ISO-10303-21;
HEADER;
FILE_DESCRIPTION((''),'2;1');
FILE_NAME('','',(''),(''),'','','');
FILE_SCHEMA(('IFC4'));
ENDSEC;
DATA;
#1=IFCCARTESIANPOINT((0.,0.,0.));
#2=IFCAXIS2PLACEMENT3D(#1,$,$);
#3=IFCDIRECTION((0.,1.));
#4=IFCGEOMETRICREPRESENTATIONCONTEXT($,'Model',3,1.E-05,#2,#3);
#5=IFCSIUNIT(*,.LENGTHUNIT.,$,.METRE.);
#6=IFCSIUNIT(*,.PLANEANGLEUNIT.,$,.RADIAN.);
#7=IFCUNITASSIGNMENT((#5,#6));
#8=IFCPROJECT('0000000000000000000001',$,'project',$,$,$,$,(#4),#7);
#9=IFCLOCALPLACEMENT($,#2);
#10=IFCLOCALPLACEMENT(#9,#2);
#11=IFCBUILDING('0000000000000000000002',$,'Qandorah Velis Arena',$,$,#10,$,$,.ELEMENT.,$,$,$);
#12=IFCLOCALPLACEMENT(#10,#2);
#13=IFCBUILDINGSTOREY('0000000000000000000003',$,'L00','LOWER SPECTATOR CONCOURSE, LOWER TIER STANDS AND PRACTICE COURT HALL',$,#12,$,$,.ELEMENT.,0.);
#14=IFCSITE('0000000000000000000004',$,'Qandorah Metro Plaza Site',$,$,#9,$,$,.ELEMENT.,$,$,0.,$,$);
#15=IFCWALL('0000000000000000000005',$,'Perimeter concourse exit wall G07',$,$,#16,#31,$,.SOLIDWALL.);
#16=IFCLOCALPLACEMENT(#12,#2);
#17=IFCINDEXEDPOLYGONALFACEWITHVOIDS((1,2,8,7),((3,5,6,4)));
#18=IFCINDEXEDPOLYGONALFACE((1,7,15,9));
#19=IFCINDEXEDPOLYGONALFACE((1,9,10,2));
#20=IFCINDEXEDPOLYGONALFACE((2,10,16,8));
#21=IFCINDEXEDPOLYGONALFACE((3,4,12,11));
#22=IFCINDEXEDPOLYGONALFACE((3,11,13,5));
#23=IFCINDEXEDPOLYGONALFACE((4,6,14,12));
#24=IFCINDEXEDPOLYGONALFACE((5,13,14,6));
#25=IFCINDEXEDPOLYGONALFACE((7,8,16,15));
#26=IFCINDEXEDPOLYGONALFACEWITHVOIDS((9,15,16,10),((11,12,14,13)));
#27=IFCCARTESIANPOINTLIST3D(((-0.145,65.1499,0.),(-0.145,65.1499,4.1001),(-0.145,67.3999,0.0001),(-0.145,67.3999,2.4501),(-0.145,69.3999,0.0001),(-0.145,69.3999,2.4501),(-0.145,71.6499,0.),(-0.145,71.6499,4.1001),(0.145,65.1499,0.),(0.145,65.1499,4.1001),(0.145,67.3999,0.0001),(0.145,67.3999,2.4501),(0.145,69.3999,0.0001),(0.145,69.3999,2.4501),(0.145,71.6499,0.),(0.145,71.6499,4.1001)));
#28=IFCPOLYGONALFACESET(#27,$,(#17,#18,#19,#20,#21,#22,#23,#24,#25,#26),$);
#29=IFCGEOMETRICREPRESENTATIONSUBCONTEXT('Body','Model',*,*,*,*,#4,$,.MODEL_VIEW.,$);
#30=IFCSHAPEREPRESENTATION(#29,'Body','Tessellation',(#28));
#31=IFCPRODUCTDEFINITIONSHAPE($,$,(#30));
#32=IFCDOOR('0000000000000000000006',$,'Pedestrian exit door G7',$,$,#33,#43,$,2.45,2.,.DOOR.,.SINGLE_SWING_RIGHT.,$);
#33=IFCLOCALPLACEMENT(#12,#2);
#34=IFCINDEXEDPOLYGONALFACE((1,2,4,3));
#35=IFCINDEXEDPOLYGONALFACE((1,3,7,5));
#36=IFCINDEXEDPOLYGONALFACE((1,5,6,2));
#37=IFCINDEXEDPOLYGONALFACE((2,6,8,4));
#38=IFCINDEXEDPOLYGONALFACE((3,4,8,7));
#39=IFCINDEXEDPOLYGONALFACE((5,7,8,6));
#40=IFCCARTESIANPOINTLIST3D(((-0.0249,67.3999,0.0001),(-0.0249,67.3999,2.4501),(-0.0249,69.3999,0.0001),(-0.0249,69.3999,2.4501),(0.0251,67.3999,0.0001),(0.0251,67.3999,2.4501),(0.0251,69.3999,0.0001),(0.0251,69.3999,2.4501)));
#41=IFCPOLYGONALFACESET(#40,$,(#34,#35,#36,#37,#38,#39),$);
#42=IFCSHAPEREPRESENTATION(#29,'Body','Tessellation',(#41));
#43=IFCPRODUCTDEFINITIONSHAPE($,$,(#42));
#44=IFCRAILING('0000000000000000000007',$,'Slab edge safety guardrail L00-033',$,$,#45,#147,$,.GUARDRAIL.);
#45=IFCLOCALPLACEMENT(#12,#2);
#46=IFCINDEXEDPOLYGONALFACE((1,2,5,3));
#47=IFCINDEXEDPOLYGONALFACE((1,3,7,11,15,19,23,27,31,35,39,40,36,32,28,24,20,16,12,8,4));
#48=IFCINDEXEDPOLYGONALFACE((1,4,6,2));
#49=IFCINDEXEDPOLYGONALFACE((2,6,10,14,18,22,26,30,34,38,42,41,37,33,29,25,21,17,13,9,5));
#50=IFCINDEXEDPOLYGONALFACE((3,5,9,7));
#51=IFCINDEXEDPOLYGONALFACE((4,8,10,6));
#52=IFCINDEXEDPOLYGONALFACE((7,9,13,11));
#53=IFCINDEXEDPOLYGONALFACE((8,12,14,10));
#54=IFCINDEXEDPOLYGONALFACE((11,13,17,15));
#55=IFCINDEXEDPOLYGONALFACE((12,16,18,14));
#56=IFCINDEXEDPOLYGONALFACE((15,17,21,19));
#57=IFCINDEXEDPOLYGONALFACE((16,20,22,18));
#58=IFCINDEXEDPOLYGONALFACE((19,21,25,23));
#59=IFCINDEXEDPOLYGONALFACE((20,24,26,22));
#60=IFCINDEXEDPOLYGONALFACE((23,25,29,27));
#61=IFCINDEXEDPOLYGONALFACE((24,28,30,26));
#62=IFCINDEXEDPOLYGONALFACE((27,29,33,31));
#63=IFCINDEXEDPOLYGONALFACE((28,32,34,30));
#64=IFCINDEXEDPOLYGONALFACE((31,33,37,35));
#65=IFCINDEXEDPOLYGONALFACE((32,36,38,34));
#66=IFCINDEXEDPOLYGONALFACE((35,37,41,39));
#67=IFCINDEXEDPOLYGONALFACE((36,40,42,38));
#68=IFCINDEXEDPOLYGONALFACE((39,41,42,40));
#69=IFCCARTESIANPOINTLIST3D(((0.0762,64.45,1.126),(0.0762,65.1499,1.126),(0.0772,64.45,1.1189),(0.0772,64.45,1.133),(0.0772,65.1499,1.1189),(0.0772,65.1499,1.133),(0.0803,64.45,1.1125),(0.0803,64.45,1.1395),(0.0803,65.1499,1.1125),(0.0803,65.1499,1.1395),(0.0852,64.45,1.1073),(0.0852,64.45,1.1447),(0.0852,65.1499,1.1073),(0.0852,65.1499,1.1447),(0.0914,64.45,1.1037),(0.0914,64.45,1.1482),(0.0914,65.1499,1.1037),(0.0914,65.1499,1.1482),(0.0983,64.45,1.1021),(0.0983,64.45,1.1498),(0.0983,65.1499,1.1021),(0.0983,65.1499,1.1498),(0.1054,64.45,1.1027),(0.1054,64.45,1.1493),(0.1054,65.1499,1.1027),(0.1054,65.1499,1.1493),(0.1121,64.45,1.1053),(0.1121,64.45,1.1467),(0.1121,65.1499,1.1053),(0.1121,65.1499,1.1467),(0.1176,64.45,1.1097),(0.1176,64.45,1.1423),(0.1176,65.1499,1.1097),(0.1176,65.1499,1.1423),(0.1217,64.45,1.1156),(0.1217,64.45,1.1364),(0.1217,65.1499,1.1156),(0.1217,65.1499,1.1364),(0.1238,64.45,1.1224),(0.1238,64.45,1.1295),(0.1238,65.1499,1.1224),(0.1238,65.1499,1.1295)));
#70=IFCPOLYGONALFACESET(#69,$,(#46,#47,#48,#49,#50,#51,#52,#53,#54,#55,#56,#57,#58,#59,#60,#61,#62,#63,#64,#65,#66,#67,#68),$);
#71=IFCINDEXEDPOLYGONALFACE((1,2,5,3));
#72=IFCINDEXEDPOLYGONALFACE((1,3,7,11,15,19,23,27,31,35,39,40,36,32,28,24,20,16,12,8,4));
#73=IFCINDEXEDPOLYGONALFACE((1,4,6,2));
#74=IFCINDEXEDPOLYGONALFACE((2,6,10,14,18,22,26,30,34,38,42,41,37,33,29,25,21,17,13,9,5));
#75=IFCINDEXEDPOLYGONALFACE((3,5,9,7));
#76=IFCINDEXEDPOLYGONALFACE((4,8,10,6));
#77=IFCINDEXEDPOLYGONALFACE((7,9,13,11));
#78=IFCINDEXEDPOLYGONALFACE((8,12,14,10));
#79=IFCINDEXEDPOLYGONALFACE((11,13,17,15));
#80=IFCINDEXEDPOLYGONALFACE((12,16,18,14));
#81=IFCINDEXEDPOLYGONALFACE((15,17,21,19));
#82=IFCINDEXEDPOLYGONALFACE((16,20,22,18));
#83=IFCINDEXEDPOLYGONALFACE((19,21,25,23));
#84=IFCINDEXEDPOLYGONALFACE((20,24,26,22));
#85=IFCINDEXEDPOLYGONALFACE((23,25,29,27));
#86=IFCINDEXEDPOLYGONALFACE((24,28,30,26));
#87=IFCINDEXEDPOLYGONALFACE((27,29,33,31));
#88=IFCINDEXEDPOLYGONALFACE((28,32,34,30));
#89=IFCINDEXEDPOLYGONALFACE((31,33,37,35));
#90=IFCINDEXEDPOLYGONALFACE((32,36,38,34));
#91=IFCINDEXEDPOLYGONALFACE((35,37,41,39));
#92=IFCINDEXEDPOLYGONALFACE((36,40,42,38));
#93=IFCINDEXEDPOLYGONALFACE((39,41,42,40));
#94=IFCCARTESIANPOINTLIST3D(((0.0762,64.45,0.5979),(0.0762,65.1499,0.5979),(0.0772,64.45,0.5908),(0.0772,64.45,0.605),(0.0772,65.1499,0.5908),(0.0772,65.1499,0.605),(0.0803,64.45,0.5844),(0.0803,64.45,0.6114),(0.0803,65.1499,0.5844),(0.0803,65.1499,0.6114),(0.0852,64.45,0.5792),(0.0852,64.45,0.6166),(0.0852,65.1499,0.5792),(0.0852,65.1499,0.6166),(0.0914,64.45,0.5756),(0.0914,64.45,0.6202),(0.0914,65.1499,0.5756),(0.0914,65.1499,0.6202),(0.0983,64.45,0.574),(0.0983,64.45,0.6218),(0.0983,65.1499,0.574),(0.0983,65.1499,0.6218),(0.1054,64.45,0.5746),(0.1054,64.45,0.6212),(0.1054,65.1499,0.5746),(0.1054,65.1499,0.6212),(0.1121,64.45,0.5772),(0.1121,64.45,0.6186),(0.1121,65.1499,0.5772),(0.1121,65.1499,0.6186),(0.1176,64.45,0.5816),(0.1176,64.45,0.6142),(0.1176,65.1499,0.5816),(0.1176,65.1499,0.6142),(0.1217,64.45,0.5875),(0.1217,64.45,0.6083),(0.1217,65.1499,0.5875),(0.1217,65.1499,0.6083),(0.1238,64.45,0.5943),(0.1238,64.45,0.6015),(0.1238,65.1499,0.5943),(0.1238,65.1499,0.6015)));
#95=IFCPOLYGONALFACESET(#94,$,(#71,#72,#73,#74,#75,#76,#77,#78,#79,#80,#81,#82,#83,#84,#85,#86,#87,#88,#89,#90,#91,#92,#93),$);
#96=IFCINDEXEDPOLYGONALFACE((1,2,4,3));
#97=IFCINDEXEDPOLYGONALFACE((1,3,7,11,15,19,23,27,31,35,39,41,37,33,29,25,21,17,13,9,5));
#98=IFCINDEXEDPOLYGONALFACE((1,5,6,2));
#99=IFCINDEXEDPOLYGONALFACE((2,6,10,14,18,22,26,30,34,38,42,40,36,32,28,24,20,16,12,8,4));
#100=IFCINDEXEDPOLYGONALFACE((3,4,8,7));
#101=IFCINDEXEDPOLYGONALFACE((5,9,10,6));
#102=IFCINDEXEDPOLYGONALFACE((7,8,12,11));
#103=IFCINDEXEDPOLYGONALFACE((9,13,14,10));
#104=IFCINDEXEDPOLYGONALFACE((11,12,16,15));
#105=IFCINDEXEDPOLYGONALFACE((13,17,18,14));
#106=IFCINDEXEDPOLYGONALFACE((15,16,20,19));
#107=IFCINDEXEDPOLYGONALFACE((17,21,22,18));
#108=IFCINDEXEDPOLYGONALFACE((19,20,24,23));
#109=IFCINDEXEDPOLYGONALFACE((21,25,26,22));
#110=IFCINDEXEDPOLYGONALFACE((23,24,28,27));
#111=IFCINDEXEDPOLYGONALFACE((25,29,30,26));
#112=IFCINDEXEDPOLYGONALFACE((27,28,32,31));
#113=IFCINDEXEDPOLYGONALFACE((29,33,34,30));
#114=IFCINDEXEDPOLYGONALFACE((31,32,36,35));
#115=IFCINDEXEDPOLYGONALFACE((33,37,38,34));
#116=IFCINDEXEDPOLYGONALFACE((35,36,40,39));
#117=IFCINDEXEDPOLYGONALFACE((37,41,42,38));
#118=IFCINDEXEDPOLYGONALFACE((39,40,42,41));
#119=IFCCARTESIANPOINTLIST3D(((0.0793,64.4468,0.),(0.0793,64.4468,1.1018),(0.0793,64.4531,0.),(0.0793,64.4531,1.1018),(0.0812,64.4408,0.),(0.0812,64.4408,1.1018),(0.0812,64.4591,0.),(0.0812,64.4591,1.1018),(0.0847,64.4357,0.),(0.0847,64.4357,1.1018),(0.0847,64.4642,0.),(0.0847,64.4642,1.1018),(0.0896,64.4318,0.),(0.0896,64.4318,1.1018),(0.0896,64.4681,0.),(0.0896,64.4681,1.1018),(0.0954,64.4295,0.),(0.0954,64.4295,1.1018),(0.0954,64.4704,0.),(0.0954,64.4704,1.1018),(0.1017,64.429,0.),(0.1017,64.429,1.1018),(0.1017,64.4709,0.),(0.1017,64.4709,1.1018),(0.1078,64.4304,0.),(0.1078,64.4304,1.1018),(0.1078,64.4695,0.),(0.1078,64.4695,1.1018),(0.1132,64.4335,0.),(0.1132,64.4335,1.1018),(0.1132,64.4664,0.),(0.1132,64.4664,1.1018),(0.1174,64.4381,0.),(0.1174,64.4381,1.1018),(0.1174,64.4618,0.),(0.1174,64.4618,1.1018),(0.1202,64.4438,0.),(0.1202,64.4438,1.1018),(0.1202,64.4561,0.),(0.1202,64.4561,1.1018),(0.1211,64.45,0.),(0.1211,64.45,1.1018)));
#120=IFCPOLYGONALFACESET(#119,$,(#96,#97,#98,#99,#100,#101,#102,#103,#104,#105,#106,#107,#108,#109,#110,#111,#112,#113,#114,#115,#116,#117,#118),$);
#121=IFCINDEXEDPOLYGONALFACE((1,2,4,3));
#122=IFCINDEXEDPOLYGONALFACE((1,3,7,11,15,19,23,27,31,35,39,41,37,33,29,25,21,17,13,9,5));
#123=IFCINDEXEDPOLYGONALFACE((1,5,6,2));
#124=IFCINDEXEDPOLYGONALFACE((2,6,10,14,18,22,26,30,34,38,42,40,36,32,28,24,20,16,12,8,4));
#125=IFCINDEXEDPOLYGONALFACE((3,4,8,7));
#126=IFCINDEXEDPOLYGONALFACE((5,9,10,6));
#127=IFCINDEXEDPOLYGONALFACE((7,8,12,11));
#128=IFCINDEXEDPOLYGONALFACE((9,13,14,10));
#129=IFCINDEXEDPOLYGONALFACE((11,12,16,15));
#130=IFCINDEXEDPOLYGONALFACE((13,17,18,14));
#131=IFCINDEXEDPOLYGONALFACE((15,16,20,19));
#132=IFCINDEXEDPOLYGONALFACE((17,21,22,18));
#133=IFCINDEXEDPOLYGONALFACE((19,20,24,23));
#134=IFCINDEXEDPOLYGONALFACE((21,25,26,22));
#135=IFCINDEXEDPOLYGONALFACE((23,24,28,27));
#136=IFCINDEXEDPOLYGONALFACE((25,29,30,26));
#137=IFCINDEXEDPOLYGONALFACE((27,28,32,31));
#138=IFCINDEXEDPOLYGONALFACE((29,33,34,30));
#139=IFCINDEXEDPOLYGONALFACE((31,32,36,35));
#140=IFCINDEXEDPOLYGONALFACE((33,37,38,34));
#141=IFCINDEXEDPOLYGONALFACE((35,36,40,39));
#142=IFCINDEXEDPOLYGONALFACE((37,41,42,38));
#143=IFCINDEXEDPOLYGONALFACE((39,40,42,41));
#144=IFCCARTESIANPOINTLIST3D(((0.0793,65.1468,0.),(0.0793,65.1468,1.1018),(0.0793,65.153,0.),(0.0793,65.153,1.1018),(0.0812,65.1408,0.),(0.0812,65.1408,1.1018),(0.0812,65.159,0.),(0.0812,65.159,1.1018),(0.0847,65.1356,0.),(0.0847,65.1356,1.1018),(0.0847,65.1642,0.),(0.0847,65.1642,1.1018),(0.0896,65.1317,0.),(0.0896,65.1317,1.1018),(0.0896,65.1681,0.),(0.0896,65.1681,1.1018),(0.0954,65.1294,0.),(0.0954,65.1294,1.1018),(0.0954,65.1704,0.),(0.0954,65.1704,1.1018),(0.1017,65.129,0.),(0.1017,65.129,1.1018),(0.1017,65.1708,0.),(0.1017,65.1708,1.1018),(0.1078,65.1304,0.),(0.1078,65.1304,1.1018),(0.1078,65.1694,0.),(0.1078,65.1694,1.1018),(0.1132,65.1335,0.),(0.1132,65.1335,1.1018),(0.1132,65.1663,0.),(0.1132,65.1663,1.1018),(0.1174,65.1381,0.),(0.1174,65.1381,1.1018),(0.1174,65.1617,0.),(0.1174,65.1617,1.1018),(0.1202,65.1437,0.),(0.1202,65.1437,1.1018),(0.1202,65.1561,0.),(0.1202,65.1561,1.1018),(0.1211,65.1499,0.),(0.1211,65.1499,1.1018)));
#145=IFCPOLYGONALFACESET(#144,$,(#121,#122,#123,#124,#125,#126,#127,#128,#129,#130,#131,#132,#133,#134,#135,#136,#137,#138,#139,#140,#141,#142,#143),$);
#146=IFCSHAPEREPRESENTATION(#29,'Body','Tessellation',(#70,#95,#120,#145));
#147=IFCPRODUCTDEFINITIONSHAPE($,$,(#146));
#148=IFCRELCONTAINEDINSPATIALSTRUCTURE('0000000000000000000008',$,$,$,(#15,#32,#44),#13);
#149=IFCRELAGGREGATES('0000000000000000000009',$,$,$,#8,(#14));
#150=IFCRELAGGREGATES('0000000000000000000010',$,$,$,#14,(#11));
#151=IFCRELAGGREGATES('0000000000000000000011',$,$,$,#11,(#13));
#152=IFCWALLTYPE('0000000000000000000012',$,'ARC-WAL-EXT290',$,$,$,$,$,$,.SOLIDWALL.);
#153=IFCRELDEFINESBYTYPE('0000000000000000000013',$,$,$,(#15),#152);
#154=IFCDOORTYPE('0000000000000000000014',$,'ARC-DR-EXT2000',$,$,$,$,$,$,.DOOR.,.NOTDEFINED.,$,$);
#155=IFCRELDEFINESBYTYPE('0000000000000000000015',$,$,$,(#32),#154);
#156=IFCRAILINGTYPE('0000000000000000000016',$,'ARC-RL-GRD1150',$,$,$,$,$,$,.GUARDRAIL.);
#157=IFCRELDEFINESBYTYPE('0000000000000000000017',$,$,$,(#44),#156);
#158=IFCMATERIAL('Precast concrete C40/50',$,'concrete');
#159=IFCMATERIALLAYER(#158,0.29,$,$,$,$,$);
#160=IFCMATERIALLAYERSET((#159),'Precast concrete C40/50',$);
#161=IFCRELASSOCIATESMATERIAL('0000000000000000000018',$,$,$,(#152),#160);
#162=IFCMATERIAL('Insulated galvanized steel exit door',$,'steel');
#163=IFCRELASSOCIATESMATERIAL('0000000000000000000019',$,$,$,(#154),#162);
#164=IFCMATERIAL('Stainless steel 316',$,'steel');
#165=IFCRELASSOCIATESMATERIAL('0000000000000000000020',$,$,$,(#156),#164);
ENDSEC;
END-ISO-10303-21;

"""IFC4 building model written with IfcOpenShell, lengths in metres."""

from ifc_helpers import new_model, si_unit, direction, frame, frame_2d, origin, origin_2d, place, context, subcontext, project, spatial, rectangle, circle, extrude, material, layer, layer_set, type_object, element, fill, save


model = new_model("IFC4")

# Units and contexts
model_context = context("Model", 3, precision=1e-05, world=origin(), true_north=direction((0.0, 1.0)))
body_context = subcontext(model_context, "Body", "Model", "MODEL_VIEW")
ifc_project = project(units=[si_unit("LENGTHUNIT", "METRE"), si_unit("PLANEANGLEUNIT", "RADIAN")], contexts=[model_context])

# Site, building, storey
site_placement = place(None, origin())
site = spatial("IfcSite", under=ifc_project, at=site_placement, Name="Qandorah Metro Plaza Site", CompositionType="ELEMENT", RefElevation=0.0)
building_placement = place(site_placement, origin())
building = spatial("IfcBuilding", under=site, at=building_placement, Name="Qandorah Velis Arena", CompositionType="ELEMENT")
storey_placement = place(building_placement, origin())
storey = spatial("IfcBuildingStorey", under=building, at=storey_placement, Name="L00", Description="LOWER SPECTATOR CONCOURSE, LOWER TIER STANDS AND PRACTICE COURT HALL", CompositionType="ELEMENT", Elevation=0.0)

# Wall, opening, door
ifc_material_1 = material(Name="Precast concrete C40/50", Category="concrete")
ifc_layer_1 = layer(ifc_material_1, 0.29)
ifc_layer_set_1 = layer_set([ifc_layer_1], Name="Precast concrete C40/50")
wall_type_1 = type_object("IfcWallType", Name="ARC-WAL-EXT290", PredefinedType="SOLIDWALL", material=ifc_layer_set_1)
wall_1_placement = place(storey_placement, frame((0.0, 65.1499, 0.0), z_axis=(0.0, 0.0, 1.0), x_axis=(0.0, 1.0, 0.0)))
wall_1 = element("IfcWall", 1, at=wall_1_placement, inside=storey, type_object=wall_type_1, Name="Perimeter concourse exit wall G07", PredefinedType="SOLIDWALL", context=body_context, shape_type="SweptSolid", body=[
    extrude(rectangle(XDim=6.5, YDim=0.29, at=frame_2d((3.25, 0.0))), origin(), (0.0, 0.0, 1.0), 4.1001),
])
opening_1_placement = place(wall_1_placement, frame((2.25, 0.0, 0.0)))
opening_1 = element("IfcOpeningElement", 2, at=opening_1_placement, cuts=wall_1, PredefinedType="OPENING", context=body_context, shape_type="SweptSolid", body=[
    extrude(rectangle(XDim=2.0, YDim=2.45, at=frame_2d((1.0, 1.2251))), frame((0.0, 0.155, 0.0), z_axis=(0.0, -1.0, 0.0), x_axis=(1.0, 0.0, 0.0)), (0.0, 0.0, 1.0), 0.3101),
])
ifc_material_2 = material(Name="Insulated galvanized steel exit door", Category="steel")
door_type_1 = type_object("IfcDoorType", Name="ARC-DR-EXT2000", OperationType="NOTDEFINED", PredefinedType="DOOR", material=ifc_material_2)
door_1_placement = place(opening_1_placement, origin())
door_1 = element("IfcDoor", 3, at=door_1_placement, inside=storey, type_object=door_type_1, Name="Pedestrian exit door G7", OperationType="SINGLE_SWING_RIGHT", OverallHeight=2.45, OverallWidth=2.0, PredefinedType="DOOR", context=body_context, shape_type="SweptSolid", body=[
    extrude(rectangle(XDim=2.0, YDim=2.45, at=frame_2d((1.0, 1.2251))), frame((0.0, 0.0249, 0.0), z_axis=(0.0, -1.0, 0.0), x_axis=(1.0, 0.0, 0.0)), (0.0, 0.0, 1.0), 0.05),
])
fill(opening_1, door_1)

# Railing
ifc_material_3 = material(Name="Stainless steel 316", Category="steel")
railing_type = type_object("IfcRailingType", Name="ARC-RL-GRD1150", PredefinedType="GUARDRAIL", material=ifc_material_3)
railing_1_placement = place(storey_placement, frame((0.1001, 64.45, 0.0)))
element("IfcRailing", 4, at=railing_1_placement, inside=storey, type_object=railing_type, Name="Slab edge safety guardrail L00-033", PredefinedType="GUARDRAIL", context=body_context, shape_type="SweptSolid", body=[
    extrude(circle(Radius=0.0239, at=origin_2d()), frame((0.0, 0.0, 1.126), z_axis=(0.0, 1.0, 0.0), x_axis=(-1.0, 0.0, 0.0)), (0.0, 0.0, 1.0), 0.7),
    extrude(circle(Radius=0.0239, at=origin_2d()), frame((0.0, 0.0, 0.5979), z_axis=(0.0, 1.0, 0.0), x_axis=(-1.0, 0.0, 0.0)), (0.0, 0.0, 1.0), 0.7),
    extrude(circle(Radius=0.021, at=origin_2d()), origin(), (0.0, 0.0, 1.0), 1.1018),
    extrude(circle(Radius=0.021, at=origin_2d()), frame((0.0, 0.7, 0.0)), (0.0, 0.0, 1.0), 1.1018),
])

save(model, "model.ifc")
